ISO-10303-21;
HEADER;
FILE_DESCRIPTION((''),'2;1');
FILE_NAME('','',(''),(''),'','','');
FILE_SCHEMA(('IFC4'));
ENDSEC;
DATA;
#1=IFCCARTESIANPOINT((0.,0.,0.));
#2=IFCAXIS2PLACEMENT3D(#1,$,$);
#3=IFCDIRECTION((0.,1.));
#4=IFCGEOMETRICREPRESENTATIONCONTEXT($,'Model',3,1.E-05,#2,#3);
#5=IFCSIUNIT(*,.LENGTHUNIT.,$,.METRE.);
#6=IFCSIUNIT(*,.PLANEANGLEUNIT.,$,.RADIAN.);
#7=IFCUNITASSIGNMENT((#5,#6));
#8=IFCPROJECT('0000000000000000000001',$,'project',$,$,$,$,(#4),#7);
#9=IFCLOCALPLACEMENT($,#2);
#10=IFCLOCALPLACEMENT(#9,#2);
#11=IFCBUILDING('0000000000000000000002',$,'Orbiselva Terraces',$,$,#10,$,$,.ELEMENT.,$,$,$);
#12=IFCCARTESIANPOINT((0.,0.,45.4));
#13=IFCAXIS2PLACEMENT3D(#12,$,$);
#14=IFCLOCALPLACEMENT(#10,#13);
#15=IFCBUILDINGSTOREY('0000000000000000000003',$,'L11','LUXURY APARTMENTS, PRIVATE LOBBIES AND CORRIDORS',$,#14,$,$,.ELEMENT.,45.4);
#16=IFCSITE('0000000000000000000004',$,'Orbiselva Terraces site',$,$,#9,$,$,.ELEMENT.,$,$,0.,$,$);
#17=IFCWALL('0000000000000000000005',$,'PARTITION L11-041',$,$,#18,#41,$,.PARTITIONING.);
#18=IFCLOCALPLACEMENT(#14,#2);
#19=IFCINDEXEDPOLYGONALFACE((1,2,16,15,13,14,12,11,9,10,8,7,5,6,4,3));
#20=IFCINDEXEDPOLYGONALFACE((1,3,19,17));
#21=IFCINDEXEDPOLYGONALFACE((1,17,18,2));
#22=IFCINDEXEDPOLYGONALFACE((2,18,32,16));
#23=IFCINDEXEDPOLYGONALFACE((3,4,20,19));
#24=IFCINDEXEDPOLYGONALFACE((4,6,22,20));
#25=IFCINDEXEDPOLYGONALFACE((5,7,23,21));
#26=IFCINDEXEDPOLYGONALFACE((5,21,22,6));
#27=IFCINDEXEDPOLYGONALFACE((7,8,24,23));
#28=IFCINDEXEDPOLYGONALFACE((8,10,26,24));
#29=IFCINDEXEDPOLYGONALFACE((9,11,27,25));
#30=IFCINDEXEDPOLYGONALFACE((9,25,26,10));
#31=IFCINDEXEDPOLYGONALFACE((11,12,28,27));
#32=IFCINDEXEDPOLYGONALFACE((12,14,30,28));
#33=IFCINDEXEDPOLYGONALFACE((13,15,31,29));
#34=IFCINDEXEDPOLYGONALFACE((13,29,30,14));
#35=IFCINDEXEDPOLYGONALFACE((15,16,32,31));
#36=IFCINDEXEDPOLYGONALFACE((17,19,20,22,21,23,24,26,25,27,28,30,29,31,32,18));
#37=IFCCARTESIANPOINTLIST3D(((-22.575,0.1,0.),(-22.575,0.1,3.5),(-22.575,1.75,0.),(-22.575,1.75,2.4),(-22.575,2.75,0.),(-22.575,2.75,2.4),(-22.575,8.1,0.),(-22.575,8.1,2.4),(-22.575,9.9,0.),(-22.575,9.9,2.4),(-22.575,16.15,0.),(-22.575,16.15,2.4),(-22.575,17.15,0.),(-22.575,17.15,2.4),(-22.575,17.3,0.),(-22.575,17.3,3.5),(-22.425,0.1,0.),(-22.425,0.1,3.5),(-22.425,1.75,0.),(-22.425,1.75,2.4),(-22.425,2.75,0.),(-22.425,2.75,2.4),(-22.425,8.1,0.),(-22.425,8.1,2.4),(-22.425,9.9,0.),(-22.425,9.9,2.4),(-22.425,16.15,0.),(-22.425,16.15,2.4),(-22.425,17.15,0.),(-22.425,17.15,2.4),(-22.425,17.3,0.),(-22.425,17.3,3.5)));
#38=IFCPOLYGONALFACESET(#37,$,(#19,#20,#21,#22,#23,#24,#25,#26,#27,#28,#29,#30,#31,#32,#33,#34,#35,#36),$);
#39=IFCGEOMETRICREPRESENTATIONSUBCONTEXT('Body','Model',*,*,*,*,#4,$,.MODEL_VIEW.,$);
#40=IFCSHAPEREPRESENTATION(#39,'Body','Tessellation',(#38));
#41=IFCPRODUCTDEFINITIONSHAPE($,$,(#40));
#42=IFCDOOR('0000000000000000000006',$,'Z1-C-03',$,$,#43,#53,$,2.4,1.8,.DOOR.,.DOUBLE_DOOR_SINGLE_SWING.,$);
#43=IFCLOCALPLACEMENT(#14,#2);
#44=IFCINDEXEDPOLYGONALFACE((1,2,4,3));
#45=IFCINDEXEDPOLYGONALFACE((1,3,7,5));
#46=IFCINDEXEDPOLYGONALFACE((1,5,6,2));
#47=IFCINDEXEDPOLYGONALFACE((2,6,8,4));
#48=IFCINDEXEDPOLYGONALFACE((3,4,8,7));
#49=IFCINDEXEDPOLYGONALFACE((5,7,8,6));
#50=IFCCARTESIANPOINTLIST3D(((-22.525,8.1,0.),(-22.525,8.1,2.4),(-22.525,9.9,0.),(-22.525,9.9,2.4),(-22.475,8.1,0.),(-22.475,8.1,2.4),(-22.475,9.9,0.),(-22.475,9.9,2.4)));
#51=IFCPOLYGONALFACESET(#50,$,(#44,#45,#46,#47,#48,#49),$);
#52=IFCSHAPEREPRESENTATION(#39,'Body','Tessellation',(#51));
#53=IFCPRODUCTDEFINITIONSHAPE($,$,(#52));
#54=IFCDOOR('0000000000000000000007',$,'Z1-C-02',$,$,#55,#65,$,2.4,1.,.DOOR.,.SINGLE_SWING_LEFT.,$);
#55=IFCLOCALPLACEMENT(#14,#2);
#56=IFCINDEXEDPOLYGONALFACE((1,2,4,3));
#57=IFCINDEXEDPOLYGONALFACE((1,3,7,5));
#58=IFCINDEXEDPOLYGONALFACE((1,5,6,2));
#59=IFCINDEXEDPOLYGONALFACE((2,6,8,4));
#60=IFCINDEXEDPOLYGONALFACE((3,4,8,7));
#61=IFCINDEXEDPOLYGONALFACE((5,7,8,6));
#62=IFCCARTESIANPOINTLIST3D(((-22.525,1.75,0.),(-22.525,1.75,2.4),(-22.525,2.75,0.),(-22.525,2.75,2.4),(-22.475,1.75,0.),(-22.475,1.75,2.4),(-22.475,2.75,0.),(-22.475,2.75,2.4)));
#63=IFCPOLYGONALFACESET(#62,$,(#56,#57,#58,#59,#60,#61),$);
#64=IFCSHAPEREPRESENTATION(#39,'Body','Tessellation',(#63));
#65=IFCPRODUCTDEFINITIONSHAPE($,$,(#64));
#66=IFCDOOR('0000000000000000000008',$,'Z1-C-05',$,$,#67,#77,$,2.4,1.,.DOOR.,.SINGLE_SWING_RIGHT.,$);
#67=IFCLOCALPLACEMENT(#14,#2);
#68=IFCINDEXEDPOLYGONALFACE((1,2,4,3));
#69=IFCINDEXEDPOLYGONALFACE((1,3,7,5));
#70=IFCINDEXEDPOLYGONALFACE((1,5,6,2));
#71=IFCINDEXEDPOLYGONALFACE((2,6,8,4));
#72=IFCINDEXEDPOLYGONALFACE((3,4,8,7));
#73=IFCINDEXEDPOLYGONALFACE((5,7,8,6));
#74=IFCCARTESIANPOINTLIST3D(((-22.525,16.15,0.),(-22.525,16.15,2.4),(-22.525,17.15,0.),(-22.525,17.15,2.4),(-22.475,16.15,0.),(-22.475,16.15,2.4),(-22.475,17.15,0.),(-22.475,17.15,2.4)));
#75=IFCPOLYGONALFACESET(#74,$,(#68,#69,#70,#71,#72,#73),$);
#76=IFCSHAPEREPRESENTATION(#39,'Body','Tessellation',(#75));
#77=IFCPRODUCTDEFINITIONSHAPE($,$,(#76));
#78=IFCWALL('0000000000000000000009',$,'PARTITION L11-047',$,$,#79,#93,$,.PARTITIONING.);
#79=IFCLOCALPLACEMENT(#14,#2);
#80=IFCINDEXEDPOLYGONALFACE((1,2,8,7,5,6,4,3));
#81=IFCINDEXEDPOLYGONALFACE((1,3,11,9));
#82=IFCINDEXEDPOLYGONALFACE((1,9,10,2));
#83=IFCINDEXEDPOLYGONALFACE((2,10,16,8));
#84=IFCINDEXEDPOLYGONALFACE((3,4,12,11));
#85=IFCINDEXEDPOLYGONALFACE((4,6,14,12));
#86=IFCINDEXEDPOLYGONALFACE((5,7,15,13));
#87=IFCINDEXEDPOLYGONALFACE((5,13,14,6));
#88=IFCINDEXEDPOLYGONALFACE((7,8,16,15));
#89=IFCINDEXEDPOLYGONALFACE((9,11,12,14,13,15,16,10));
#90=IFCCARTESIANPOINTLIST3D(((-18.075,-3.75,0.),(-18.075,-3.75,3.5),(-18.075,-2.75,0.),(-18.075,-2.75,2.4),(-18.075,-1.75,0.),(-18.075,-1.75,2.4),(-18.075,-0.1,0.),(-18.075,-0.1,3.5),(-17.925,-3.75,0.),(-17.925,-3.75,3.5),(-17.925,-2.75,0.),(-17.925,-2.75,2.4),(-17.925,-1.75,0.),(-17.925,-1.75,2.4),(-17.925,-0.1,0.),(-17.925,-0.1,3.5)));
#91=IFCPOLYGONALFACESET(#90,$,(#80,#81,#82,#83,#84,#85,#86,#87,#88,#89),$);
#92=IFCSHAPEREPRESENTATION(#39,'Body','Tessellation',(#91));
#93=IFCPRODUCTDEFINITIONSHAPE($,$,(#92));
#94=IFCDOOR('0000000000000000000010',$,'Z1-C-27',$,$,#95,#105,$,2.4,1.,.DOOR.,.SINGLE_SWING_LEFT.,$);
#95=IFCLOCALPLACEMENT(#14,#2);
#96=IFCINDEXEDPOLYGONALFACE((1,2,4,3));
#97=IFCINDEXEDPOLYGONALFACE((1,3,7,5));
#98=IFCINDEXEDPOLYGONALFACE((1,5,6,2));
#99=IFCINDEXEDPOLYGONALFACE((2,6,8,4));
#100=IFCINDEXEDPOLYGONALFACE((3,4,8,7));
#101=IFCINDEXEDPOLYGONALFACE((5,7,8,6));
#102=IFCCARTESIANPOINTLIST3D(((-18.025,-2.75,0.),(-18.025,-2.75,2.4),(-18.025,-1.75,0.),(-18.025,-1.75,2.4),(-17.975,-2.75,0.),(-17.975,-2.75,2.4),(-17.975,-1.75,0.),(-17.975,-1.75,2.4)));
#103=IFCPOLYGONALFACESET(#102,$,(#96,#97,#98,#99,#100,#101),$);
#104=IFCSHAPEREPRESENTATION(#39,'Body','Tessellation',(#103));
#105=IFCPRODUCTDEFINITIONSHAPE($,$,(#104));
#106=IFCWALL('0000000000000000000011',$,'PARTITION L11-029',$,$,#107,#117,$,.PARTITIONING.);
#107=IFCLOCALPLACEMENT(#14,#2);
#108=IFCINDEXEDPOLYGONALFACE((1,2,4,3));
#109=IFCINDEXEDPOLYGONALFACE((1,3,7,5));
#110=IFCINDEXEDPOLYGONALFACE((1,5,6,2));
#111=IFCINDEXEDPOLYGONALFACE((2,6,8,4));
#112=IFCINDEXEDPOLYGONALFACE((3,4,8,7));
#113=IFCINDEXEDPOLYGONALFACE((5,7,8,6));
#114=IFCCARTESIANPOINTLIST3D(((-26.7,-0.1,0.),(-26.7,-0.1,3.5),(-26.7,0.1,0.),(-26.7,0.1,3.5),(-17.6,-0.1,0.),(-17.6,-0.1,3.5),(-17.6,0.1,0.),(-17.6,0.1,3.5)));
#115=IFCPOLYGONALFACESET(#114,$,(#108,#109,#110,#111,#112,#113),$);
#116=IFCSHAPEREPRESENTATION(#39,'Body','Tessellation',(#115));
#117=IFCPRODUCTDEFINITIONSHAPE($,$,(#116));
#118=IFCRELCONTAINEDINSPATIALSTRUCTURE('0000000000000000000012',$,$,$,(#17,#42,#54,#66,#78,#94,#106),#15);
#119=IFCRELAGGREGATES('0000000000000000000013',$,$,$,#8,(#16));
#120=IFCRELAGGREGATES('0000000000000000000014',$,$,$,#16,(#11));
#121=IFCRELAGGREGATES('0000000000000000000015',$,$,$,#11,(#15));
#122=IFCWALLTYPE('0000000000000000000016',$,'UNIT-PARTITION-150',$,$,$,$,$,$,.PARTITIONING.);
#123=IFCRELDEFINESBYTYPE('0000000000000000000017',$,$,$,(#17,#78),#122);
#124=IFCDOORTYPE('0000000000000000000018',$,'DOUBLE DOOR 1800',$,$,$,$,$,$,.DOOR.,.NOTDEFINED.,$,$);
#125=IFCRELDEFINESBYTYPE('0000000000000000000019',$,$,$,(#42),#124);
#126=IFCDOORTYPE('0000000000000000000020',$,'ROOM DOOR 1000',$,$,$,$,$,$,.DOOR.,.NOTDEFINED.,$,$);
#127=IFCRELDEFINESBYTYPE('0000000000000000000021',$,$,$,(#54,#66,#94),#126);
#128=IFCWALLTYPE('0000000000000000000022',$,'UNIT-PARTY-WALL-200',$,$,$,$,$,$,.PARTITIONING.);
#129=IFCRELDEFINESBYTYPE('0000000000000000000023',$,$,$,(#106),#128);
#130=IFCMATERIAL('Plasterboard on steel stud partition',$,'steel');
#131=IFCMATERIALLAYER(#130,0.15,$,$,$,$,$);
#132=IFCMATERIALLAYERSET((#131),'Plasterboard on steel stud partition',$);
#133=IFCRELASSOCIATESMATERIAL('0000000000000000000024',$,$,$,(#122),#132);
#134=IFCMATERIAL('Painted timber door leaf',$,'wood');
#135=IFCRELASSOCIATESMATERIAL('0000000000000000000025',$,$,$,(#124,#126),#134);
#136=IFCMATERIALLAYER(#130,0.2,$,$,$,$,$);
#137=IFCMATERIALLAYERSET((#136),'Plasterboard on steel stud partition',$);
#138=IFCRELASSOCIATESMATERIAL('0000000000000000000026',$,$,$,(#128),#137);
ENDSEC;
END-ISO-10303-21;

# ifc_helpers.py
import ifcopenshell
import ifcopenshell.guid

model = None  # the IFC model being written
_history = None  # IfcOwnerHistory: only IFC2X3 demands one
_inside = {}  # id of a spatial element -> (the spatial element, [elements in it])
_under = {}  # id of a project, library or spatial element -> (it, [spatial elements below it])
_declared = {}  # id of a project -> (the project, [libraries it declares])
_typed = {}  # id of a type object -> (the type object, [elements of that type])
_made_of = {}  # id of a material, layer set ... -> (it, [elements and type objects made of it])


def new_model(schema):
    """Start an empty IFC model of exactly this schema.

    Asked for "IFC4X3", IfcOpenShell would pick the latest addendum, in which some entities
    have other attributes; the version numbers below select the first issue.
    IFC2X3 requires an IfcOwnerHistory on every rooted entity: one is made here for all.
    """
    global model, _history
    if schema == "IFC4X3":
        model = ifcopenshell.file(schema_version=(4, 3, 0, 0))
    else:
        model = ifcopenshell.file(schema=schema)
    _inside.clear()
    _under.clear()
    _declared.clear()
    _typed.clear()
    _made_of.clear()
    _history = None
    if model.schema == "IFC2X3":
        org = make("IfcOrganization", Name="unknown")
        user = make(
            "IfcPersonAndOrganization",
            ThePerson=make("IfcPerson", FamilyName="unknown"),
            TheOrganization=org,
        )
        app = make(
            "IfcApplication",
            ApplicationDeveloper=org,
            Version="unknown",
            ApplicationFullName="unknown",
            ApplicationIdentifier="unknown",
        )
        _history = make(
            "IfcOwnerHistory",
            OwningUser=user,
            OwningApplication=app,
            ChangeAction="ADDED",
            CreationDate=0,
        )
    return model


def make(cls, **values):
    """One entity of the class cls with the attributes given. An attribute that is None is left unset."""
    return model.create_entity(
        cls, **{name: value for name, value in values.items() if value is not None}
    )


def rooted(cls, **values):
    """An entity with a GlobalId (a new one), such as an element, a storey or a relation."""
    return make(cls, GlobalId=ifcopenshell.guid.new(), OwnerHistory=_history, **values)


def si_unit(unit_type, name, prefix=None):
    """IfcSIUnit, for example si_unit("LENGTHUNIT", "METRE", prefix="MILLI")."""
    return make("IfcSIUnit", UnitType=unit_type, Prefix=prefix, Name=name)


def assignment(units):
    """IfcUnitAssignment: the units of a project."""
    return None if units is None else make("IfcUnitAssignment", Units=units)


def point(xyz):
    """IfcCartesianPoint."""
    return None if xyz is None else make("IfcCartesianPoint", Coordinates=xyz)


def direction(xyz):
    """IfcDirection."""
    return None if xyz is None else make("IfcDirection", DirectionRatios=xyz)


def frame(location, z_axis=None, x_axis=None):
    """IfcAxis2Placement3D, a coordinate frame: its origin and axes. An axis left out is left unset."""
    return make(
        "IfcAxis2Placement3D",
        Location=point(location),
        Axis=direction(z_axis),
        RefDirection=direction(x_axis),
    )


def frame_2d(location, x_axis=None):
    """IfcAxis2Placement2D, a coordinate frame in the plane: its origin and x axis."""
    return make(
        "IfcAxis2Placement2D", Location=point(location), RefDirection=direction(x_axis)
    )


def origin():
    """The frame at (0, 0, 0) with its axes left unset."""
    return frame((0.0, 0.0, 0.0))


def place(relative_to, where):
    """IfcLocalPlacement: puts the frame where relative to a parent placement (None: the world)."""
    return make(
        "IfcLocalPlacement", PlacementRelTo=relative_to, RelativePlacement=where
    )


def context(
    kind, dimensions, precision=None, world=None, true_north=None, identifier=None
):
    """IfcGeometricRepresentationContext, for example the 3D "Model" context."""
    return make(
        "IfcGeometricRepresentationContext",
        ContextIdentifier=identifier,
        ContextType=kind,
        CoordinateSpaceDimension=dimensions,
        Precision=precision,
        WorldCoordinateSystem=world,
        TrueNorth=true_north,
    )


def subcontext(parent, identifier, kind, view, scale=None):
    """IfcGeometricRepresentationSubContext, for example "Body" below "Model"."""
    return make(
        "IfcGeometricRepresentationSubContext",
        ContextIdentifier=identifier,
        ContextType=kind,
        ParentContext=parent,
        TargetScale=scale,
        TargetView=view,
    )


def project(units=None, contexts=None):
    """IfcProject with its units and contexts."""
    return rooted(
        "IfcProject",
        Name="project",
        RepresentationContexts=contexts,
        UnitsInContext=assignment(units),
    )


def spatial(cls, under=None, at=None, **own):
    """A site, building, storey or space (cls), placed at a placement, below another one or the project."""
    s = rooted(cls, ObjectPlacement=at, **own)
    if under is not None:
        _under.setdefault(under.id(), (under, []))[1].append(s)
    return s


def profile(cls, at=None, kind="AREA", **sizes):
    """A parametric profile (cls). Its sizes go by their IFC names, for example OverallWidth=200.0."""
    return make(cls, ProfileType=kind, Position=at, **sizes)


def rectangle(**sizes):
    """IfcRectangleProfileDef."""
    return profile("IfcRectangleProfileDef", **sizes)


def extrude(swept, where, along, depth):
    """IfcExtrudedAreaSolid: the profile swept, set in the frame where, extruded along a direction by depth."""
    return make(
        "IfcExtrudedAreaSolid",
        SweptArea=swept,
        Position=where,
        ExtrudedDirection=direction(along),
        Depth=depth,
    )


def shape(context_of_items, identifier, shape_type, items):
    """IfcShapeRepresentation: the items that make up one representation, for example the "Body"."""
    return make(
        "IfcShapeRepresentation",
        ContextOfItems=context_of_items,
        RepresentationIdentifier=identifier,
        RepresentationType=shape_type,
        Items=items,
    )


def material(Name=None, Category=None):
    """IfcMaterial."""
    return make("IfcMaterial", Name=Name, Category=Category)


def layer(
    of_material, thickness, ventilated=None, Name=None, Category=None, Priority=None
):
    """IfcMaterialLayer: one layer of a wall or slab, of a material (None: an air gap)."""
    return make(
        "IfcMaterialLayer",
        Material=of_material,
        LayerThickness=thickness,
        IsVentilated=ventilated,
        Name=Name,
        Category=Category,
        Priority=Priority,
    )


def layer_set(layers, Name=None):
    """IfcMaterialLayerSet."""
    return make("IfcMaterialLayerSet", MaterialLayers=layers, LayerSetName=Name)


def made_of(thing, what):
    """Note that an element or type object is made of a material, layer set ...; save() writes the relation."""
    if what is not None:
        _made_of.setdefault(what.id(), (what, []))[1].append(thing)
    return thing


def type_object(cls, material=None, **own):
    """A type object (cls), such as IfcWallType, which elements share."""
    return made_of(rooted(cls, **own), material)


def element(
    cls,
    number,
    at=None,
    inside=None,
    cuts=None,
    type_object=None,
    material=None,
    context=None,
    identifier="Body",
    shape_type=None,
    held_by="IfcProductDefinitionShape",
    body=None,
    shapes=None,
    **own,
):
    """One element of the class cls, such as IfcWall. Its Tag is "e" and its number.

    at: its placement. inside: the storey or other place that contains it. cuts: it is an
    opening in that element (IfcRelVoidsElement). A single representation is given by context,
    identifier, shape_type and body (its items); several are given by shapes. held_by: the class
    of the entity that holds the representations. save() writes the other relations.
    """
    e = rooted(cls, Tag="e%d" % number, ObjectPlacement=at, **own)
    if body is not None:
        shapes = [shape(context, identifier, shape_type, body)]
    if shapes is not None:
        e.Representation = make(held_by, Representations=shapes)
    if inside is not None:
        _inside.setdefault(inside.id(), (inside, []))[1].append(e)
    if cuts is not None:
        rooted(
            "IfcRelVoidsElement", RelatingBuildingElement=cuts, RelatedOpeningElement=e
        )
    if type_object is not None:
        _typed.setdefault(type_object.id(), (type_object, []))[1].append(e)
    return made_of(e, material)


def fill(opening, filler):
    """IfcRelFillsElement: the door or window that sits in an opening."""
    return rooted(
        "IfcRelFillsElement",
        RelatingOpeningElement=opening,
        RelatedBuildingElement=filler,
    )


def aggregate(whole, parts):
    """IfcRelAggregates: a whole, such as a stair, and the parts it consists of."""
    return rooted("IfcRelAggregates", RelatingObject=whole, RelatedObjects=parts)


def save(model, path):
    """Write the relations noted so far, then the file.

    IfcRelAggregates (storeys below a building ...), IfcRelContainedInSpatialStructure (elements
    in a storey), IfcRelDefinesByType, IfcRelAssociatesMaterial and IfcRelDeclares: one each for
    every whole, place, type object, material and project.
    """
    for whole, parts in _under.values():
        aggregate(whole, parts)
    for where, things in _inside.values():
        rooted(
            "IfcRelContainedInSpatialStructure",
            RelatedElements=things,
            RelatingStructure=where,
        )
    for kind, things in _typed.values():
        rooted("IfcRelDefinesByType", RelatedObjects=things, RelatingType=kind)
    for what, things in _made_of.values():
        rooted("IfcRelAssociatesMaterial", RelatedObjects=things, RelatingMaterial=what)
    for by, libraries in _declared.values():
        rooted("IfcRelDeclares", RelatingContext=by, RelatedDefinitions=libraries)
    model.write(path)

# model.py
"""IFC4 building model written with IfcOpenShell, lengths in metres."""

from ifc_helpers import new_model, si_unit, direction, frame, frame_2d, origin, place, context, subcontext, project, spatial, rectangle, extrude, material, layer, layer_set, type_object, element, fill, save


model = new_model("IFC4")

# Units and contexts
model_context = context("Model", 3, precision=1e-05, world=origin(), true_north=direction((0.0, 1.0)))
body_context = subcontext(model_context, "Body", "Model", "MODEL_VIEW")
ifc_project = project(units=[si_unit("LENGTHUNIT", "METRE"), si_unit("PLANEANGLEUNIT", "RADIAN")], contexts=[model_context])

# Site, building, storey
site_placement = place(None, origin())
site = spatial("IfcSite", under=ifc_project, at=site_placement, Name="Orbiselva Terraces site", CompositionType="ELEMENT", RefElevation=0.0)
building_placement = place(site_placement, origin())
building = spatial("IfcBuilding", under=site, at=building_placement, Name="Orbiselva Terraces", CompositionType="ELEMENT")
storey_placement = place(building_placement, frame((0.0, 0.0, 45.4)))
storey = spatial("IfcBuildingStorey", under=building, at=storey_placement, Name="L11", Description="LUXURY APARTMENTS, PRIVATE LOBBIES AND CORRIDORS", CompositionType="ELEMENT", Elevation=45.4)

# Shared definitions
ifc_material_1 = material(Name="Plasterboard on steel stud partition", Category="steel")
ifc_layer_1 = layer(ifc_material_1, 0.15)
ifc_layer_set_1 = layer_set([ifc_layer_1], Name="Plasterboard on steel stud partition")
wall_type_1 = type_object("IfcWallType", Name="UNIT-PARTITION-150", PredefinedType="PARTITIONING", material=ifc_layer_set_1)

# Wall, openings, doors
wall_1_placement = place(storey_placement, frame((-22.5, 0.1, 0.0), z_axis=(0.0, 0.0, 1.0), x_axis=(0.0, 1.0, 0.0)))
wall_1 = element("IfcWall", 1, at=wall_1_placement, inside=storey, type_object=wall_type_1, Name="PARTITION L11-041", PredefinedType="PARTITIONING", context=body_context, shape_type="SweptSolid", body=[
    extrude(rectangle(XDim=17.2, YDim=0.15, at=frame_2d((8.6, 0.0))), origin(), (0.0, 0.0, 1.0), 3.5),
])
opening_1_placement = place(wall_1_placement, frame((1.65, 0.0, 0.0)))
opening_1 = element("IfcOpeningElement", 2, at=opening_1_placement, cuts=wall_1, PredefinedType="OPENING", context=body_context, shape_type="SweptSolid", body=[
    extrude(rectangle(XDim=1.0, YDim=2.4, at=frame_2d((0.5, 1.2))), frame((0.0, 0.085, 0.0), z_axis=(0.0, -1.0, 0.0), x_axis=(1.0, 0.0, 0.0)), (0.0, 0.0, 1.0), 0.17),
])
opening_2_placement = place(wall_1_placement, frame((8.0, 0.0, 0.0)))
opening_2 = element("IfcOpeningElement", 3, at=opening_2_placement, cuts=wall_1, PredefinedType="OPENING", context=body_context, shape_type="SweptSolid", body=[
    extrude(rectangle(XDim=1.8, YDim=2.4, at=frame_2d((0.9, 1.2))), frame((0.0, 0.085, 0.0), z_axis=(0.0, -1.0, 0.0), x_axis=(1.0, 0.0, 0.0)), (0.0, 0.0, 1.0), 0.17),
])
opening_3_placement = place(wall_1_placement, frame((16.05, 0.0, 0.0)))
opening_3 = element("IfcOpeningElement", 4, at=opening_3_placement, cuts=wall_1, PredefinedType="OPENING", context=body_context, shape_type="SweptSolid", body=[
    extrude(rectangle(XDim=1.0, YDim=2.4, at=frame_2d((0.5, 1.2))), frame((0.0, 0.085, 0.0), z_axis=(0.0, -1.0, 0.0), x_axis=(1.0, 0.0, 0.0)), (0.0, 0.0, 1.0), 0.17),
])
ifc_material_2 = material(Name="Painted timber door leaf", Category="wood")
door_type_1 = type_object("IfcDoorType", Name="DOUBLE DOOR 1800", OperationType="NOTDEFINED", PredefinedType="DOOR", material=ifc_material_2)
door_1_placement = place(opening_2_placement, origin())
door_1 = element("IfcDoor", 5, at=door_1_placement, inside=storey, type_object=door_type_1, Name="Z1-C-03", OperationType="DOUBLE_DOOR_SINGLE_SWING", OverallHeight=2.4, OverallWidth=1.8, PredefinedType="DOOR", context=body_context, shape_type="SweptSolid", body=[
    extrude(rectangle(XDim=1.8, YDim=2.4, at=frame_2d((0.9, 1.2))), frame((0.0, 0.025, 0.0), z_axis=(0.0, -1.0, 0.0), x_axis=(1.0, 0.0, 0.0)), (0.0, 0.0, 1.0), 0.05),
])
fill(opening_2, door_1)
door_type_2 = type_object("IfcDoorType", Name="ROOM DOOR 1000", OperationType="NOTDEFINED", PredefinedType="DOOR", material=ifc_material_2)
door_2_placement = place(opening_1_placement, origin())
door_2 = element("IfcDoor", 6, at=door_2_placement, inside=storey, type_object=door_type_2, Name="Z1-C-02", OperationType="SINGLE_SWING_LEFT", OverallHeight=2.4, OverallWidth=1.0, PredefinedType="DOOR", context=body_context, shape_type="SweptSolid", body=[
    extrude(rectangle(XDim=1.0, YDim=2.4, at=frame_2d((0.5, 1.2))), frame((0.0, 0.025, 0.0), z_axis=(0.0, -1.0, 0.0), x_axis=(1.0, 0.0, 0.0)), (0.0, 0.0, 1.0), 0.05),
])
fill(opening_1, door_2)
door_3_placement = place(opening_3_placement, origin())
door_3 = element("IfcDoor", 7, at=door_3_placement, inside=storey, type_object=door_type_2, Name="Z1-C-05", OperationType="SINGLE_SWING_RIGHT", OverallHeight=2.4, OverallWidth=1.0, PredefinedType="DOOR", context=body_context, shape_type="SweptSolid", body=[
    extrude(rectangle(XDim=1.0, YDim=2.4, at=frame_2d((0.5, 1.2))), frame((0.0, 0.025, 0.0), z_axis=(0.0, -1.0, 0.0), x_axis=(1.0, 0.0, 0.0)), (0.0, 0.0, 1.0), 0.05),
])
fill(opening_3, door_3)

# Wall, opening, door
wall_2_placement = place(storey_placement, frame((-18.0, -3.75, 0.0), z_axis=(0.0, 0.0, 1.0), x_axis=(0.0, 1.0, 0.0)))
wall_2 = element("IfcWall", 8, at=wall_2_placement, inside=storey, type_object=wall_type_1, Name="PARTITION L11-047", PredefinedType="PARTITIONING", context=body_context, shape_type="SweptSolid", body=[
    extrude(rectangle(XDim=3.65, YDim=0.15, at=frame_2d((1.825, 0.0))), origin(), (0.0, 0.0, 1.0), 3.5),
])
opening_4_placement = place(wall_2_placement, frame((1.0, 0.0, 0.0)))
opening_4 = element("IfcOpeningElement", 9, at=opening_4_placement, cuts=wall_2, PredefinedType="OPENING", context=body_context, shape_type="SweptSolid", body=[
    extrude(rectangle(XDim=1.0, YDim=2.4, at=frame_2d((0.5, 1.2))), frame((0.0, 0.085, 0.0), z_axis=(0.0, -1.0, 0.0), x_axis=(1.0, 0.0, 0.0)), (0.0, 0.0, 1.0), 0.17),
])
door_4_placement = place(opening_4_placement, origin())
door_4 = element("IfcDoor", 10, at=door_4_placement, inside=storey, type_object=door_type_2, Name="Z1-C-27", OperationType="SINGLE_SWING_LEFT", OverallHeight=2.4, OverallWidth=1.0, PredefinedType="DOOR", context=body_context, shape_type="SweptSolid", body=[
    extrude(rectangle(XDim=1.0, YDim=2.4, at=frame_2d((0.5, 1.2))), frame((0.0, 0.025, 0.0), z_axis=(0.0, -1.0, 0.0), x_axis=(1.0, 0.0, 0.0)), (0.0, 0.0, 1.0), 0.05),
])
fill(opening_4, door_4)

# Wall
ifc_layer_2 = layer(ifc_material_1, 0.2)
ifc_layer_set_2 = layer_set([ifc_layer_2], Name="Plasterboard on steel stud partition")
wall_type_2 = type_object("IfcWallType", Name="UNIT-PARTY-WALL-200", PredefinedType="PARTITIONING", material=ifc_layer_set_2)
wall_3_placement = place(storey_placement, frame((-26.7, 0.0, 0.0), z_axis=(0.0, 0.0, 1.0), x_axis=(1.0, 0.0, 0.0)))
element("IfcWall", 11, at=wall_3_placement, inside=storey, type_object=wall_type_2, Name="PARTITION L11-029", PredefinedType="PARTITIONING", context=body_context, shape_type="SweptSolid", body=[
    extrude(rectangle(XDim=9.1, YDim=0.2, at=frame_2d((4.55, 0.0))), origin(), (0.0, 0.0, 1.0), 3.5),
])

save(model, "model.ifc")
